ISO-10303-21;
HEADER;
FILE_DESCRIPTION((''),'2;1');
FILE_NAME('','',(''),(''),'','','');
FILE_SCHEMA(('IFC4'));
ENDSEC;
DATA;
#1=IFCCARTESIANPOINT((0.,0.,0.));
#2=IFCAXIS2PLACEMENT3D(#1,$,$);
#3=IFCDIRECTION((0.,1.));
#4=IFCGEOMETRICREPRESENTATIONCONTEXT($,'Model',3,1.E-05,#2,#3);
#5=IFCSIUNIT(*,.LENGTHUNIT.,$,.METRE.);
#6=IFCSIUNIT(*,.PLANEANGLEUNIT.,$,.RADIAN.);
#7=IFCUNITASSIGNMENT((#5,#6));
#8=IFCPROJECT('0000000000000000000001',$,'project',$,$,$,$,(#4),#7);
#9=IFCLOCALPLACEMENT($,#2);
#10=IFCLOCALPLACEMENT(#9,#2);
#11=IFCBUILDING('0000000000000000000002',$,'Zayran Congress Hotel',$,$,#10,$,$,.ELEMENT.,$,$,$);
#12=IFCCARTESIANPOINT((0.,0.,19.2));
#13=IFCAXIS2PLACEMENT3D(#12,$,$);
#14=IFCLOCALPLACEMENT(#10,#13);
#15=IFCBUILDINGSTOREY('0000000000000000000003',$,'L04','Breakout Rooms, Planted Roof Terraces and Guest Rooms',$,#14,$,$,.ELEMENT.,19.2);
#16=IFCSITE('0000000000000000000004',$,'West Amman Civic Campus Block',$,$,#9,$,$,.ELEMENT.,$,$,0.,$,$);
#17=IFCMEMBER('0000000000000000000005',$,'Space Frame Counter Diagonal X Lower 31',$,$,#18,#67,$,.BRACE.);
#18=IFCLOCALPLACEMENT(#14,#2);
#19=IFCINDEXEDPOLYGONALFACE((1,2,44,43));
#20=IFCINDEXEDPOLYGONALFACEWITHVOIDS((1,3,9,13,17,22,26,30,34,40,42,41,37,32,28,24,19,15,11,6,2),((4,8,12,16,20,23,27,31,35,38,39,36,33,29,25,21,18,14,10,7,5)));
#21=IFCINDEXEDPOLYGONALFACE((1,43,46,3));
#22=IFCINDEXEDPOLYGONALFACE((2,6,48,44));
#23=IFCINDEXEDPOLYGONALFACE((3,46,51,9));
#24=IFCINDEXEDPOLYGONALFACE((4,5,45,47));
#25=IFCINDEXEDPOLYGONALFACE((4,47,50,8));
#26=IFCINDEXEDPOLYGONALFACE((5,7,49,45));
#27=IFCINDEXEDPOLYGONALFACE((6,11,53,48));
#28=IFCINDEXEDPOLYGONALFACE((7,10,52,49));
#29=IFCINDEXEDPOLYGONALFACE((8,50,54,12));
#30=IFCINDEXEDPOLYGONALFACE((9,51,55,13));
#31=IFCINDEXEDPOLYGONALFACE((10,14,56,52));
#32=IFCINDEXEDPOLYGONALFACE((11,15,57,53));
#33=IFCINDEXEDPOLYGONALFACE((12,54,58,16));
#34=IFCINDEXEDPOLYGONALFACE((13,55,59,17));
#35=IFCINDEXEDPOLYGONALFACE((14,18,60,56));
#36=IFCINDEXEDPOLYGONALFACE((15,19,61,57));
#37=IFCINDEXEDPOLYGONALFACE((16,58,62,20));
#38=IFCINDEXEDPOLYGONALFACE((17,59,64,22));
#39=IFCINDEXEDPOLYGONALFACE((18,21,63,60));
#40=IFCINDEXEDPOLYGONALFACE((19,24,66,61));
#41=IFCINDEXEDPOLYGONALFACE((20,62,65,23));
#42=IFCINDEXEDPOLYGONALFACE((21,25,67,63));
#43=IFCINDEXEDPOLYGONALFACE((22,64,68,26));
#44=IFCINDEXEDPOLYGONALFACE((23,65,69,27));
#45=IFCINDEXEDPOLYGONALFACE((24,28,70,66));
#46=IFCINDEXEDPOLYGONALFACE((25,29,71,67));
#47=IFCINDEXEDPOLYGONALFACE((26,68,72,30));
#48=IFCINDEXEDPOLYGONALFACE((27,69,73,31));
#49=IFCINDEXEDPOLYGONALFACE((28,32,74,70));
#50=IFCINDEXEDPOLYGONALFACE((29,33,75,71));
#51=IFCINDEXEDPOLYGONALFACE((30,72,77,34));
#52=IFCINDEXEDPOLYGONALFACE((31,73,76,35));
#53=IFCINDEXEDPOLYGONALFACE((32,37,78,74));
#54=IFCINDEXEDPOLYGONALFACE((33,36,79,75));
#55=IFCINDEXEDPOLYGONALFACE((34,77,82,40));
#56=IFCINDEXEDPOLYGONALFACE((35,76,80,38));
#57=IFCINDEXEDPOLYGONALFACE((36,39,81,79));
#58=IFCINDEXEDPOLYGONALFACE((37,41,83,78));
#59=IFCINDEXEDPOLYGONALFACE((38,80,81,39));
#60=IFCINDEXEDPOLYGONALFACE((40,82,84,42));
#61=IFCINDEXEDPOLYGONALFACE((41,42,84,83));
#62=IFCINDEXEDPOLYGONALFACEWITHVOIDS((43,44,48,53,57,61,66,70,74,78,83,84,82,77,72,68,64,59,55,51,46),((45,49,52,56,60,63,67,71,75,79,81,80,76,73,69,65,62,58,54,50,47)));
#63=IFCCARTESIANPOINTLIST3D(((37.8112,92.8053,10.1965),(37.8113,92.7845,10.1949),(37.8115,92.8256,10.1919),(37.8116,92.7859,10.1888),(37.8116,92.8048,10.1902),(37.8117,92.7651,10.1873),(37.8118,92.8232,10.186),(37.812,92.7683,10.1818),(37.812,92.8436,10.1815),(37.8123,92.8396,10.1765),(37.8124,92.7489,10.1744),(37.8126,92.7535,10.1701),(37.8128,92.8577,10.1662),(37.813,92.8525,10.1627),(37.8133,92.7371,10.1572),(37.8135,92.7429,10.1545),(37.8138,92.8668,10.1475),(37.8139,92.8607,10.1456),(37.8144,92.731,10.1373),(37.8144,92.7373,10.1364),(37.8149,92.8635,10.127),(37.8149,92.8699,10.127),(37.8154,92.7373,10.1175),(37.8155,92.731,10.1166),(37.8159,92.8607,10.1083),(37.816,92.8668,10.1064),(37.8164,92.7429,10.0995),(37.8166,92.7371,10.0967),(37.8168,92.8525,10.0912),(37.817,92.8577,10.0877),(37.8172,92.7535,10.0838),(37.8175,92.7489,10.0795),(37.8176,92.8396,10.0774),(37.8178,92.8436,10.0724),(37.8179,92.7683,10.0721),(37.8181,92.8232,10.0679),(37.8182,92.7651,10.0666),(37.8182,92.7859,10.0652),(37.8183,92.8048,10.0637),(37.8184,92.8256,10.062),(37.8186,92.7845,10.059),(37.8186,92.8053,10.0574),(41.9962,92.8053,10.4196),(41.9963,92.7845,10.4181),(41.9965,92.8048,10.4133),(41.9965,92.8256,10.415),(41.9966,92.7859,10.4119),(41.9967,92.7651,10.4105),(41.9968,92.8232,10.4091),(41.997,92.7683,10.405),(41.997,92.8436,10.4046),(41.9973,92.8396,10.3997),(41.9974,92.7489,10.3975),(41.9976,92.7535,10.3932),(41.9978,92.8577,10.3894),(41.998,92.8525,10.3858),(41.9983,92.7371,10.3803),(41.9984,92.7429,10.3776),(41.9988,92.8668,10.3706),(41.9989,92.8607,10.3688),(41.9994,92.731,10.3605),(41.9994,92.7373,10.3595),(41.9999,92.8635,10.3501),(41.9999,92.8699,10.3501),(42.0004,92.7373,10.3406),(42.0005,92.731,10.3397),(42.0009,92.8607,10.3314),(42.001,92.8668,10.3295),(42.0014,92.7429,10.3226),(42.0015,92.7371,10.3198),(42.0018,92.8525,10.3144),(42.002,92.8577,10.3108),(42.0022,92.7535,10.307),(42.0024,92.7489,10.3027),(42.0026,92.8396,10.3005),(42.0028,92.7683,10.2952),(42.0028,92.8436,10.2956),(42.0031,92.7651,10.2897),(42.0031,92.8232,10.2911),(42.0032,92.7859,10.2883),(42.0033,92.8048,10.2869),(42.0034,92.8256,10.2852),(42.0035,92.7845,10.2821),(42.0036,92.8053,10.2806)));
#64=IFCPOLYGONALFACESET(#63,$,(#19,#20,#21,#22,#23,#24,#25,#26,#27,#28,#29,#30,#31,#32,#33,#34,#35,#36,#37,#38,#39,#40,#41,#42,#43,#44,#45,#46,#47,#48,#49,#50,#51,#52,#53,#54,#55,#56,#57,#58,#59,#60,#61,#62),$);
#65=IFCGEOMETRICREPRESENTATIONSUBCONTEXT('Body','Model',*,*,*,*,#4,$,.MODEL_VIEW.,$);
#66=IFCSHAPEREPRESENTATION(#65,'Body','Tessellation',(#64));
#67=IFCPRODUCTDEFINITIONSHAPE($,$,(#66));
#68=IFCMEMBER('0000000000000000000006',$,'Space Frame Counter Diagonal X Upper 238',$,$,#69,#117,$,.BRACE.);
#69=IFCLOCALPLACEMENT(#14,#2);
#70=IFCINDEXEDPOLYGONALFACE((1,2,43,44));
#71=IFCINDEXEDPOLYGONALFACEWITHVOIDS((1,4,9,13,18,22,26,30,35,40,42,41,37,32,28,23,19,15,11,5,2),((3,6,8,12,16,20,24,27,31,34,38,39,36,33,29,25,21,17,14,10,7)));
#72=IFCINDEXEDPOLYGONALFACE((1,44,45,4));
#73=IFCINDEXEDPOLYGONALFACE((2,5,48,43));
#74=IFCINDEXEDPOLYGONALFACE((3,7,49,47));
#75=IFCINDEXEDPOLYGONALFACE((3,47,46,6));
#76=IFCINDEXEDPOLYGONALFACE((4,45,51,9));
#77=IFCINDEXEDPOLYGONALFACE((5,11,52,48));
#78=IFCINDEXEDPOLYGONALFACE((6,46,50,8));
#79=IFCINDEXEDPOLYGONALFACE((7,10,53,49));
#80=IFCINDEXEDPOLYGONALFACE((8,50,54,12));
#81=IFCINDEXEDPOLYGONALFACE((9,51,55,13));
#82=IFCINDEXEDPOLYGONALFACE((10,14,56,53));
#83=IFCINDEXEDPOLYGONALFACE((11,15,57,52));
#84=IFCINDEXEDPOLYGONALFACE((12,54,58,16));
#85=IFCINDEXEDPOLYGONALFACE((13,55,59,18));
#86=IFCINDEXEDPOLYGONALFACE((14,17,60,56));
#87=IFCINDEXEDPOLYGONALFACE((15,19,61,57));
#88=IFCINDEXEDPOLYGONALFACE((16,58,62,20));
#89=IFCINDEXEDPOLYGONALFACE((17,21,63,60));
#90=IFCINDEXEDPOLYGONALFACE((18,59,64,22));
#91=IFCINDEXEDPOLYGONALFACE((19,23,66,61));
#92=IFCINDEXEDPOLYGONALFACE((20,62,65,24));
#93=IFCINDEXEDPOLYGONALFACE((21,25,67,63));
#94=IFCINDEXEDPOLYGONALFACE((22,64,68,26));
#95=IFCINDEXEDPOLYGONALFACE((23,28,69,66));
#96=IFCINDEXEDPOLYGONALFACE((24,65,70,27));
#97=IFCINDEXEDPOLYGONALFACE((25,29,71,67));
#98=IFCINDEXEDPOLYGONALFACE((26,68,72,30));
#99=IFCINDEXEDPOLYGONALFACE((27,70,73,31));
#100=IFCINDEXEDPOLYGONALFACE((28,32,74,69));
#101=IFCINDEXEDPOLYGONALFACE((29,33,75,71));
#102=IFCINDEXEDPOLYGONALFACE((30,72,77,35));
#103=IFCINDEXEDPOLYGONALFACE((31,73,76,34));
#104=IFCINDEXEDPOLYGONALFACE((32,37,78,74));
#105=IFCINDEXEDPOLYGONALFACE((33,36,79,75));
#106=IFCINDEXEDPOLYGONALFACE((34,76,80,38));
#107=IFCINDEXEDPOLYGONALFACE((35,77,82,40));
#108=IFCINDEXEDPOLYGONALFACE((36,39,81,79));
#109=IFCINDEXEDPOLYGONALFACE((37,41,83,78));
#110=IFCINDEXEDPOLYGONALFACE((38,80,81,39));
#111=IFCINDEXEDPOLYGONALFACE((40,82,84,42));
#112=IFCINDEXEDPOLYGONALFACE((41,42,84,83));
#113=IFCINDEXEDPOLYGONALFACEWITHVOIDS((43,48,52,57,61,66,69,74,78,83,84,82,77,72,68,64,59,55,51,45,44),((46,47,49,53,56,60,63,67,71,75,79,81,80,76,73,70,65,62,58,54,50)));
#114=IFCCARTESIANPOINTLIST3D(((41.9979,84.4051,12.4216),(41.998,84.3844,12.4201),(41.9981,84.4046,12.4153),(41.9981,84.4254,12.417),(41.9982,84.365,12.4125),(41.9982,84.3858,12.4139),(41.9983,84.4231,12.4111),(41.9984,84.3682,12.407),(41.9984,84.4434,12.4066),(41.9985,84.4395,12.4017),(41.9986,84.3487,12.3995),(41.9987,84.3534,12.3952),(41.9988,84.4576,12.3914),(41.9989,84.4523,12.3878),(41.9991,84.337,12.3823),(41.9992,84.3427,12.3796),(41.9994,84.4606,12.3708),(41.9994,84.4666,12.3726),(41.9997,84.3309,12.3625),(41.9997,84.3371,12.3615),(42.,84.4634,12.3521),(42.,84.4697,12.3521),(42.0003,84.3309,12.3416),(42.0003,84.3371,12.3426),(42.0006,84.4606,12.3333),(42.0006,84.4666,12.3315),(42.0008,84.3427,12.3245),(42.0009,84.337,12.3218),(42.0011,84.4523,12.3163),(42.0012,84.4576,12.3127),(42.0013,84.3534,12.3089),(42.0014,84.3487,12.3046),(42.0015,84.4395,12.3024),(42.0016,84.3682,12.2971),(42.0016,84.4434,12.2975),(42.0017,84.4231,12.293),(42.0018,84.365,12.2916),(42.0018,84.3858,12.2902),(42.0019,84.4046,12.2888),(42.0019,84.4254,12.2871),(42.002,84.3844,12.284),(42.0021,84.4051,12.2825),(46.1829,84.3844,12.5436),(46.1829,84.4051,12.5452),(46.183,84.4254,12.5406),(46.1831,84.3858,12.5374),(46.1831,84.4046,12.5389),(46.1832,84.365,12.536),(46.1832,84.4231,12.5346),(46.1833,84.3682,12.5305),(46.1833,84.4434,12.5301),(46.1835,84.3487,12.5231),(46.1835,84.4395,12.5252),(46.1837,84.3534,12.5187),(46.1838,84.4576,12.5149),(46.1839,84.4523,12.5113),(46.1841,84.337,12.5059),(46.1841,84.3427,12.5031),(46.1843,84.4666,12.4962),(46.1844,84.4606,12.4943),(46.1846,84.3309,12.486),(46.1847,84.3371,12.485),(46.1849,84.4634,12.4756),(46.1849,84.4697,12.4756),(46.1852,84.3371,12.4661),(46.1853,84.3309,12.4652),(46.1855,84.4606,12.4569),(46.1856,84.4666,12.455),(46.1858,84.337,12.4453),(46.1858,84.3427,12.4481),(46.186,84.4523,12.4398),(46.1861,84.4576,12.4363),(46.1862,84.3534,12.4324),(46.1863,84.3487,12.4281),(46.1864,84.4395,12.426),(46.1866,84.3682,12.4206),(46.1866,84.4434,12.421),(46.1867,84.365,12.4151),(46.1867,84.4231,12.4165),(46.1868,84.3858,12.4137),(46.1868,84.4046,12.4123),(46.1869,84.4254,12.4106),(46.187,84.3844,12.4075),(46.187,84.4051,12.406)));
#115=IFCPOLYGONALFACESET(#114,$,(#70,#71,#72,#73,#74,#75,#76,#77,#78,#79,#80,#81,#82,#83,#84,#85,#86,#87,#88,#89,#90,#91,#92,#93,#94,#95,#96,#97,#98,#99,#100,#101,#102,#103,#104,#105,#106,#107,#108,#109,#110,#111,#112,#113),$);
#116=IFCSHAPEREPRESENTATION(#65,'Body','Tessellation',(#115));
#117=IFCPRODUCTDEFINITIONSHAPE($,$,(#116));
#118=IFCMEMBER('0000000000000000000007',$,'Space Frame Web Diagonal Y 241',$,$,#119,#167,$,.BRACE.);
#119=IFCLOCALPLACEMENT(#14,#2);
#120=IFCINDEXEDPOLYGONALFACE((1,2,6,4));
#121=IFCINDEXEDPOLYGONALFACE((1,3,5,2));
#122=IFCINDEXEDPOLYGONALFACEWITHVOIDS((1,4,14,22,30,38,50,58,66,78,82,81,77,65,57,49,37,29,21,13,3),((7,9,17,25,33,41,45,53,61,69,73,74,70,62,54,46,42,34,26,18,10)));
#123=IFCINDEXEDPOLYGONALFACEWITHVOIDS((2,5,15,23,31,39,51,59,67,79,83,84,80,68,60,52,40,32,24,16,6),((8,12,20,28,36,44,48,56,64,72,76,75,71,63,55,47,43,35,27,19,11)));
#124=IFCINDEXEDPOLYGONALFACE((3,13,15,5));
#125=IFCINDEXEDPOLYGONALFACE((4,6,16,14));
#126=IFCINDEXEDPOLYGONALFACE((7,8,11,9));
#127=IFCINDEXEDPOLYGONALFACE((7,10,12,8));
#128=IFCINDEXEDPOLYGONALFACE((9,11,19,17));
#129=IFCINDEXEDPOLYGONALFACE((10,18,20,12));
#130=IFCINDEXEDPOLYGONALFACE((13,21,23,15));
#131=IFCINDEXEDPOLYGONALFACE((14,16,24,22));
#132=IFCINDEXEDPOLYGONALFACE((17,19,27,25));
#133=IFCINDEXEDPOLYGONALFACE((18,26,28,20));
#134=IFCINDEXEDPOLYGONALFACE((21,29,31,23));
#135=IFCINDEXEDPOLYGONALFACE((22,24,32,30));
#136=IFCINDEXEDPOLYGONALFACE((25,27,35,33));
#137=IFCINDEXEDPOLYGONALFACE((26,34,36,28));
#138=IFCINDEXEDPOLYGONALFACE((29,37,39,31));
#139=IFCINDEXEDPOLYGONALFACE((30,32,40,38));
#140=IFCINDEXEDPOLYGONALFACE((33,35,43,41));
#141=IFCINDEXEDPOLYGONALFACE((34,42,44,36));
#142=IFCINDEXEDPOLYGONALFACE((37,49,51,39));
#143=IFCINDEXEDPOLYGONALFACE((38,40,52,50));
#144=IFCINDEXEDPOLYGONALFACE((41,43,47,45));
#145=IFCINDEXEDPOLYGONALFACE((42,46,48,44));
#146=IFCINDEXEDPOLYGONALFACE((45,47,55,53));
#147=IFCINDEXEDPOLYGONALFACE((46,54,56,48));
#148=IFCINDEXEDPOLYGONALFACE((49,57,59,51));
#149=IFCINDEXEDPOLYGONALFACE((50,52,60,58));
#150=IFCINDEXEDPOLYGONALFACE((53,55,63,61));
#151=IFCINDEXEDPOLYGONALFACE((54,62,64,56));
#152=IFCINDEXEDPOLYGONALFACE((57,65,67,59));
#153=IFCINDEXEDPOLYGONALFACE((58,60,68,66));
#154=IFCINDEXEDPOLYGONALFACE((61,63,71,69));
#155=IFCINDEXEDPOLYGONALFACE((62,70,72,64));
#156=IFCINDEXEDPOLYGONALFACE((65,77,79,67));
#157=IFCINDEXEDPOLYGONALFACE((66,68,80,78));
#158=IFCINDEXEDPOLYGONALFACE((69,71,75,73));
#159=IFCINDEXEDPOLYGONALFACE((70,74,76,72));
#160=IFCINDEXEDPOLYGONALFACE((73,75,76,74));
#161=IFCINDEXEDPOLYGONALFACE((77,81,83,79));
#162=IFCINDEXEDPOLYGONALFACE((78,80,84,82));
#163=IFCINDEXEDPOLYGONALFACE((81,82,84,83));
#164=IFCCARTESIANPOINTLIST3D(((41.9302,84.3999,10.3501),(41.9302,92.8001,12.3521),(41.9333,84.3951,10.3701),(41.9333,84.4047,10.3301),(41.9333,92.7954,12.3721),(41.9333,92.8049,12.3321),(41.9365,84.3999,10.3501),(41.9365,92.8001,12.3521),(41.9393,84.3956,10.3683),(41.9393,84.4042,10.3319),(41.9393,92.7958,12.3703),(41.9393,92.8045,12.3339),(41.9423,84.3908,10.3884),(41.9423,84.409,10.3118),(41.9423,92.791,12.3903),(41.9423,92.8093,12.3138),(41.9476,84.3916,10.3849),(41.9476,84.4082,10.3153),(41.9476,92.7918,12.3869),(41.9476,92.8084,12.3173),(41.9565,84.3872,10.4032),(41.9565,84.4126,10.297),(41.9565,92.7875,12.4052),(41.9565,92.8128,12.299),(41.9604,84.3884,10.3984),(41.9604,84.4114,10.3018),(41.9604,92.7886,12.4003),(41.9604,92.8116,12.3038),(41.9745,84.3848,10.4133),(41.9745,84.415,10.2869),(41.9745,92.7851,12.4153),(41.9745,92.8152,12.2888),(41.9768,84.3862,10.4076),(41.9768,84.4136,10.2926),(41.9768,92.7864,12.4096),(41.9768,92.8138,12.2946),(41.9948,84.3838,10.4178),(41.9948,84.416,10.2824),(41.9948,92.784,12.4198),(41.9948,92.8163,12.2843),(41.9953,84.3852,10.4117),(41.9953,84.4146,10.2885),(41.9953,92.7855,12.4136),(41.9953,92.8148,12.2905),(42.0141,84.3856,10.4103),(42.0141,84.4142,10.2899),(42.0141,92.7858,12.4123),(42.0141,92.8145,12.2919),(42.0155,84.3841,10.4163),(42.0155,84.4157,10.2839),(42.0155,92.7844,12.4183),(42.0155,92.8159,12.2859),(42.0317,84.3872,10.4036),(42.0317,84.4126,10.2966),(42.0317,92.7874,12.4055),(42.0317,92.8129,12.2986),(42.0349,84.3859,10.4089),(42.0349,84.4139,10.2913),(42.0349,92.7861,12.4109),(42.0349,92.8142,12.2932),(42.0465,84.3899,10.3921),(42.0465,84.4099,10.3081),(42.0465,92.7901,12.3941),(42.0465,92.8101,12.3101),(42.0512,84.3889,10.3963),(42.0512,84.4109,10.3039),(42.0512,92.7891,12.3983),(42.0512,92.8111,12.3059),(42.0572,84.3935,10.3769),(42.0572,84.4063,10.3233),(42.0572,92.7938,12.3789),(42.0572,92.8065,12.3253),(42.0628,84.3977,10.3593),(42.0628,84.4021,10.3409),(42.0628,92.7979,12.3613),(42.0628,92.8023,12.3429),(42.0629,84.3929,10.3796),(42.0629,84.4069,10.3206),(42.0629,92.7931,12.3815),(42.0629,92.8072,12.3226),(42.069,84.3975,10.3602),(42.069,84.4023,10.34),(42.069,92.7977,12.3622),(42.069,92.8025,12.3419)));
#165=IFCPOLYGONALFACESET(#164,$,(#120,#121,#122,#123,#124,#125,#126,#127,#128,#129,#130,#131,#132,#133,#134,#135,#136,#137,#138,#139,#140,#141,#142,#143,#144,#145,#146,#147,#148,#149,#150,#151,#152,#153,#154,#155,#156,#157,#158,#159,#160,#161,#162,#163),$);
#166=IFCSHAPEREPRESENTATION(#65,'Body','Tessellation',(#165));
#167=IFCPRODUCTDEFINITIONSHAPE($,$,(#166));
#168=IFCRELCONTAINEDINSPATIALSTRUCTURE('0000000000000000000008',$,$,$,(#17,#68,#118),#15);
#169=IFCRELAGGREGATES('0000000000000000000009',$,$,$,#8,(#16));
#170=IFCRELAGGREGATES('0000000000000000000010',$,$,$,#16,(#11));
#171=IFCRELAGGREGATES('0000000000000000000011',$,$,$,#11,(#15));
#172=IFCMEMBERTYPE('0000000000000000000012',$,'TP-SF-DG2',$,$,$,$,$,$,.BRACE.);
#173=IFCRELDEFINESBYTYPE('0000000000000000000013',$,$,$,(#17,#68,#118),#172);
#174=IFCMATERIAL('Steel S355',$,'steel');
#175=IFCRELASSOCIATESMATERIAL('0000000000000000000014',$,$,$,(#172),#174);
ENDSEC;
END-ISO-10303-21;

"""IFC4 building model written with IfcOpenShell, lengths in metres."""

from ifc_helpers import new_model, si_unit, direction, frame, origin, origin_2d, place, context, subcontext, project, spatial, hollow_circle, extrude, material, material_profile, profile_set, type_object, element, save


model = new_model("IFC4")

# Units and contexts
model_context = context("Model", 3, precision=1e-05, world=origin(), true_north=direction((0.0, 1.0)))
body_context = subcontext(model_context, "Body", "Model", "MODEL_VIEW")
ifc_project = project(units=[si_unit("LENGTHUNIT", "METRE"), si_unit("PLANEANGLEUNIT", "RADIAN")], contexts=[model_context])

# Site, building, storey
site_placement = place(None, origin())
site = spatial("IfcSite", under=ifc_project, at=site_placement, Name="West Amman Civic Campus Block", CompositionType="ELEMENT", RefElevation=0.0)
building_placement = place(site_placement, origin())
building = spatial("IfcBuilding", under=site, at=building_placement, Name="Zayran Congress Hotel", CompositionType="ELEMENT")
storey_placement = place(building_placement, frame((0.0, 0.0, 19.2)))
storey = spatial("IfcBuildingStorey", under=building, at=storey_placement, Name="L04", Description="Breakout Rooms, Planted Roof Terraces and Guest Rooms", CompositionType="ELEMENT", Elevation=19.2)

# Members
ifc_material_1 = material(Name="Steel S355", Category="steel")
ifc_material_profile_1 = material_profile(ifc_material_1, hollow_circle(Radius=0.0698, WallThickness=0.0063, at=origin_2d()), Name="CHS 139.7x6.3")
ifc_profile_set_1 = profile_set([ifc_material_profile_1], Name="Steel S355")
member_type_1 = type_object("IfcMemberType", Name="TP-SF-DG2", PredefinedType="BRACE", material=ifc_profile_set_1)
for number, where, z_axis, x_axis, name in (
    (1, (37.8149, 92.8, 10.127), (0.998582, 0.0, 0.053244), (0.0, 1.0, 0.0), "Space Frame Counter Diagonal X Lower 31"),
):
    element("IfcMember", number, at=place(storey_placement, frame(where, z_axis=z_axis, x_axis=x_axis)), inside=storey, type_object=member_type_1, Name=name, PredefinedType="BRACE", context=body_context, shape_type="SweptSolid", body=[
        extrude(hollow_circle(Radius=0.0698, WallThickness=0.0063, at=origin_2d()), origin(), (0.0, 0.0, 1.0), 4.1909),
    ])
member_1_placement = place(storey_placement, frame((42.0, 84.3999, 12.3521), z_axis=(0.999565, 0.0, 0.029505), x_axis=(0.0, 1.0, 0.0)))
element("IfcMember", 2, at=member_1_placement, inside=storey, type_object=member_type_1, Name="Space Frame Counter Diagonal X Upper 238", PredefinedType="BRACE", context=body_context, shape_type="SweptSolid", body=[
    extrude(hollow_circle(Radius=0.0698, WallThickness=0.0063, at=origin_2d()), origin(), (0.0, 0.0, 1.0), 4.1868),
])
member_2_placement = place(storey_placement, frame((42.0, 84.3999, 10.3501), z_axis=(0.0, 0.972756, 0.231831), x_axis=(-1.0, 0.0, 0.0)))
element("IfcMember", 3, at=member_2_placement, inside=storey, type_object=member_type_1, Name="Space Frame Web Diagonal Y 241", PredefinedType="BRACE", context=body_context, shape_type="SweptSolid", body=[
    extrude(hollow_circle(Radius=0.0698, WallThickness=0.0063, at=origin_2d()), origin(), (0.0, 0.0, 1.0), 8.6355),
])

save(model, "model.ifc")
